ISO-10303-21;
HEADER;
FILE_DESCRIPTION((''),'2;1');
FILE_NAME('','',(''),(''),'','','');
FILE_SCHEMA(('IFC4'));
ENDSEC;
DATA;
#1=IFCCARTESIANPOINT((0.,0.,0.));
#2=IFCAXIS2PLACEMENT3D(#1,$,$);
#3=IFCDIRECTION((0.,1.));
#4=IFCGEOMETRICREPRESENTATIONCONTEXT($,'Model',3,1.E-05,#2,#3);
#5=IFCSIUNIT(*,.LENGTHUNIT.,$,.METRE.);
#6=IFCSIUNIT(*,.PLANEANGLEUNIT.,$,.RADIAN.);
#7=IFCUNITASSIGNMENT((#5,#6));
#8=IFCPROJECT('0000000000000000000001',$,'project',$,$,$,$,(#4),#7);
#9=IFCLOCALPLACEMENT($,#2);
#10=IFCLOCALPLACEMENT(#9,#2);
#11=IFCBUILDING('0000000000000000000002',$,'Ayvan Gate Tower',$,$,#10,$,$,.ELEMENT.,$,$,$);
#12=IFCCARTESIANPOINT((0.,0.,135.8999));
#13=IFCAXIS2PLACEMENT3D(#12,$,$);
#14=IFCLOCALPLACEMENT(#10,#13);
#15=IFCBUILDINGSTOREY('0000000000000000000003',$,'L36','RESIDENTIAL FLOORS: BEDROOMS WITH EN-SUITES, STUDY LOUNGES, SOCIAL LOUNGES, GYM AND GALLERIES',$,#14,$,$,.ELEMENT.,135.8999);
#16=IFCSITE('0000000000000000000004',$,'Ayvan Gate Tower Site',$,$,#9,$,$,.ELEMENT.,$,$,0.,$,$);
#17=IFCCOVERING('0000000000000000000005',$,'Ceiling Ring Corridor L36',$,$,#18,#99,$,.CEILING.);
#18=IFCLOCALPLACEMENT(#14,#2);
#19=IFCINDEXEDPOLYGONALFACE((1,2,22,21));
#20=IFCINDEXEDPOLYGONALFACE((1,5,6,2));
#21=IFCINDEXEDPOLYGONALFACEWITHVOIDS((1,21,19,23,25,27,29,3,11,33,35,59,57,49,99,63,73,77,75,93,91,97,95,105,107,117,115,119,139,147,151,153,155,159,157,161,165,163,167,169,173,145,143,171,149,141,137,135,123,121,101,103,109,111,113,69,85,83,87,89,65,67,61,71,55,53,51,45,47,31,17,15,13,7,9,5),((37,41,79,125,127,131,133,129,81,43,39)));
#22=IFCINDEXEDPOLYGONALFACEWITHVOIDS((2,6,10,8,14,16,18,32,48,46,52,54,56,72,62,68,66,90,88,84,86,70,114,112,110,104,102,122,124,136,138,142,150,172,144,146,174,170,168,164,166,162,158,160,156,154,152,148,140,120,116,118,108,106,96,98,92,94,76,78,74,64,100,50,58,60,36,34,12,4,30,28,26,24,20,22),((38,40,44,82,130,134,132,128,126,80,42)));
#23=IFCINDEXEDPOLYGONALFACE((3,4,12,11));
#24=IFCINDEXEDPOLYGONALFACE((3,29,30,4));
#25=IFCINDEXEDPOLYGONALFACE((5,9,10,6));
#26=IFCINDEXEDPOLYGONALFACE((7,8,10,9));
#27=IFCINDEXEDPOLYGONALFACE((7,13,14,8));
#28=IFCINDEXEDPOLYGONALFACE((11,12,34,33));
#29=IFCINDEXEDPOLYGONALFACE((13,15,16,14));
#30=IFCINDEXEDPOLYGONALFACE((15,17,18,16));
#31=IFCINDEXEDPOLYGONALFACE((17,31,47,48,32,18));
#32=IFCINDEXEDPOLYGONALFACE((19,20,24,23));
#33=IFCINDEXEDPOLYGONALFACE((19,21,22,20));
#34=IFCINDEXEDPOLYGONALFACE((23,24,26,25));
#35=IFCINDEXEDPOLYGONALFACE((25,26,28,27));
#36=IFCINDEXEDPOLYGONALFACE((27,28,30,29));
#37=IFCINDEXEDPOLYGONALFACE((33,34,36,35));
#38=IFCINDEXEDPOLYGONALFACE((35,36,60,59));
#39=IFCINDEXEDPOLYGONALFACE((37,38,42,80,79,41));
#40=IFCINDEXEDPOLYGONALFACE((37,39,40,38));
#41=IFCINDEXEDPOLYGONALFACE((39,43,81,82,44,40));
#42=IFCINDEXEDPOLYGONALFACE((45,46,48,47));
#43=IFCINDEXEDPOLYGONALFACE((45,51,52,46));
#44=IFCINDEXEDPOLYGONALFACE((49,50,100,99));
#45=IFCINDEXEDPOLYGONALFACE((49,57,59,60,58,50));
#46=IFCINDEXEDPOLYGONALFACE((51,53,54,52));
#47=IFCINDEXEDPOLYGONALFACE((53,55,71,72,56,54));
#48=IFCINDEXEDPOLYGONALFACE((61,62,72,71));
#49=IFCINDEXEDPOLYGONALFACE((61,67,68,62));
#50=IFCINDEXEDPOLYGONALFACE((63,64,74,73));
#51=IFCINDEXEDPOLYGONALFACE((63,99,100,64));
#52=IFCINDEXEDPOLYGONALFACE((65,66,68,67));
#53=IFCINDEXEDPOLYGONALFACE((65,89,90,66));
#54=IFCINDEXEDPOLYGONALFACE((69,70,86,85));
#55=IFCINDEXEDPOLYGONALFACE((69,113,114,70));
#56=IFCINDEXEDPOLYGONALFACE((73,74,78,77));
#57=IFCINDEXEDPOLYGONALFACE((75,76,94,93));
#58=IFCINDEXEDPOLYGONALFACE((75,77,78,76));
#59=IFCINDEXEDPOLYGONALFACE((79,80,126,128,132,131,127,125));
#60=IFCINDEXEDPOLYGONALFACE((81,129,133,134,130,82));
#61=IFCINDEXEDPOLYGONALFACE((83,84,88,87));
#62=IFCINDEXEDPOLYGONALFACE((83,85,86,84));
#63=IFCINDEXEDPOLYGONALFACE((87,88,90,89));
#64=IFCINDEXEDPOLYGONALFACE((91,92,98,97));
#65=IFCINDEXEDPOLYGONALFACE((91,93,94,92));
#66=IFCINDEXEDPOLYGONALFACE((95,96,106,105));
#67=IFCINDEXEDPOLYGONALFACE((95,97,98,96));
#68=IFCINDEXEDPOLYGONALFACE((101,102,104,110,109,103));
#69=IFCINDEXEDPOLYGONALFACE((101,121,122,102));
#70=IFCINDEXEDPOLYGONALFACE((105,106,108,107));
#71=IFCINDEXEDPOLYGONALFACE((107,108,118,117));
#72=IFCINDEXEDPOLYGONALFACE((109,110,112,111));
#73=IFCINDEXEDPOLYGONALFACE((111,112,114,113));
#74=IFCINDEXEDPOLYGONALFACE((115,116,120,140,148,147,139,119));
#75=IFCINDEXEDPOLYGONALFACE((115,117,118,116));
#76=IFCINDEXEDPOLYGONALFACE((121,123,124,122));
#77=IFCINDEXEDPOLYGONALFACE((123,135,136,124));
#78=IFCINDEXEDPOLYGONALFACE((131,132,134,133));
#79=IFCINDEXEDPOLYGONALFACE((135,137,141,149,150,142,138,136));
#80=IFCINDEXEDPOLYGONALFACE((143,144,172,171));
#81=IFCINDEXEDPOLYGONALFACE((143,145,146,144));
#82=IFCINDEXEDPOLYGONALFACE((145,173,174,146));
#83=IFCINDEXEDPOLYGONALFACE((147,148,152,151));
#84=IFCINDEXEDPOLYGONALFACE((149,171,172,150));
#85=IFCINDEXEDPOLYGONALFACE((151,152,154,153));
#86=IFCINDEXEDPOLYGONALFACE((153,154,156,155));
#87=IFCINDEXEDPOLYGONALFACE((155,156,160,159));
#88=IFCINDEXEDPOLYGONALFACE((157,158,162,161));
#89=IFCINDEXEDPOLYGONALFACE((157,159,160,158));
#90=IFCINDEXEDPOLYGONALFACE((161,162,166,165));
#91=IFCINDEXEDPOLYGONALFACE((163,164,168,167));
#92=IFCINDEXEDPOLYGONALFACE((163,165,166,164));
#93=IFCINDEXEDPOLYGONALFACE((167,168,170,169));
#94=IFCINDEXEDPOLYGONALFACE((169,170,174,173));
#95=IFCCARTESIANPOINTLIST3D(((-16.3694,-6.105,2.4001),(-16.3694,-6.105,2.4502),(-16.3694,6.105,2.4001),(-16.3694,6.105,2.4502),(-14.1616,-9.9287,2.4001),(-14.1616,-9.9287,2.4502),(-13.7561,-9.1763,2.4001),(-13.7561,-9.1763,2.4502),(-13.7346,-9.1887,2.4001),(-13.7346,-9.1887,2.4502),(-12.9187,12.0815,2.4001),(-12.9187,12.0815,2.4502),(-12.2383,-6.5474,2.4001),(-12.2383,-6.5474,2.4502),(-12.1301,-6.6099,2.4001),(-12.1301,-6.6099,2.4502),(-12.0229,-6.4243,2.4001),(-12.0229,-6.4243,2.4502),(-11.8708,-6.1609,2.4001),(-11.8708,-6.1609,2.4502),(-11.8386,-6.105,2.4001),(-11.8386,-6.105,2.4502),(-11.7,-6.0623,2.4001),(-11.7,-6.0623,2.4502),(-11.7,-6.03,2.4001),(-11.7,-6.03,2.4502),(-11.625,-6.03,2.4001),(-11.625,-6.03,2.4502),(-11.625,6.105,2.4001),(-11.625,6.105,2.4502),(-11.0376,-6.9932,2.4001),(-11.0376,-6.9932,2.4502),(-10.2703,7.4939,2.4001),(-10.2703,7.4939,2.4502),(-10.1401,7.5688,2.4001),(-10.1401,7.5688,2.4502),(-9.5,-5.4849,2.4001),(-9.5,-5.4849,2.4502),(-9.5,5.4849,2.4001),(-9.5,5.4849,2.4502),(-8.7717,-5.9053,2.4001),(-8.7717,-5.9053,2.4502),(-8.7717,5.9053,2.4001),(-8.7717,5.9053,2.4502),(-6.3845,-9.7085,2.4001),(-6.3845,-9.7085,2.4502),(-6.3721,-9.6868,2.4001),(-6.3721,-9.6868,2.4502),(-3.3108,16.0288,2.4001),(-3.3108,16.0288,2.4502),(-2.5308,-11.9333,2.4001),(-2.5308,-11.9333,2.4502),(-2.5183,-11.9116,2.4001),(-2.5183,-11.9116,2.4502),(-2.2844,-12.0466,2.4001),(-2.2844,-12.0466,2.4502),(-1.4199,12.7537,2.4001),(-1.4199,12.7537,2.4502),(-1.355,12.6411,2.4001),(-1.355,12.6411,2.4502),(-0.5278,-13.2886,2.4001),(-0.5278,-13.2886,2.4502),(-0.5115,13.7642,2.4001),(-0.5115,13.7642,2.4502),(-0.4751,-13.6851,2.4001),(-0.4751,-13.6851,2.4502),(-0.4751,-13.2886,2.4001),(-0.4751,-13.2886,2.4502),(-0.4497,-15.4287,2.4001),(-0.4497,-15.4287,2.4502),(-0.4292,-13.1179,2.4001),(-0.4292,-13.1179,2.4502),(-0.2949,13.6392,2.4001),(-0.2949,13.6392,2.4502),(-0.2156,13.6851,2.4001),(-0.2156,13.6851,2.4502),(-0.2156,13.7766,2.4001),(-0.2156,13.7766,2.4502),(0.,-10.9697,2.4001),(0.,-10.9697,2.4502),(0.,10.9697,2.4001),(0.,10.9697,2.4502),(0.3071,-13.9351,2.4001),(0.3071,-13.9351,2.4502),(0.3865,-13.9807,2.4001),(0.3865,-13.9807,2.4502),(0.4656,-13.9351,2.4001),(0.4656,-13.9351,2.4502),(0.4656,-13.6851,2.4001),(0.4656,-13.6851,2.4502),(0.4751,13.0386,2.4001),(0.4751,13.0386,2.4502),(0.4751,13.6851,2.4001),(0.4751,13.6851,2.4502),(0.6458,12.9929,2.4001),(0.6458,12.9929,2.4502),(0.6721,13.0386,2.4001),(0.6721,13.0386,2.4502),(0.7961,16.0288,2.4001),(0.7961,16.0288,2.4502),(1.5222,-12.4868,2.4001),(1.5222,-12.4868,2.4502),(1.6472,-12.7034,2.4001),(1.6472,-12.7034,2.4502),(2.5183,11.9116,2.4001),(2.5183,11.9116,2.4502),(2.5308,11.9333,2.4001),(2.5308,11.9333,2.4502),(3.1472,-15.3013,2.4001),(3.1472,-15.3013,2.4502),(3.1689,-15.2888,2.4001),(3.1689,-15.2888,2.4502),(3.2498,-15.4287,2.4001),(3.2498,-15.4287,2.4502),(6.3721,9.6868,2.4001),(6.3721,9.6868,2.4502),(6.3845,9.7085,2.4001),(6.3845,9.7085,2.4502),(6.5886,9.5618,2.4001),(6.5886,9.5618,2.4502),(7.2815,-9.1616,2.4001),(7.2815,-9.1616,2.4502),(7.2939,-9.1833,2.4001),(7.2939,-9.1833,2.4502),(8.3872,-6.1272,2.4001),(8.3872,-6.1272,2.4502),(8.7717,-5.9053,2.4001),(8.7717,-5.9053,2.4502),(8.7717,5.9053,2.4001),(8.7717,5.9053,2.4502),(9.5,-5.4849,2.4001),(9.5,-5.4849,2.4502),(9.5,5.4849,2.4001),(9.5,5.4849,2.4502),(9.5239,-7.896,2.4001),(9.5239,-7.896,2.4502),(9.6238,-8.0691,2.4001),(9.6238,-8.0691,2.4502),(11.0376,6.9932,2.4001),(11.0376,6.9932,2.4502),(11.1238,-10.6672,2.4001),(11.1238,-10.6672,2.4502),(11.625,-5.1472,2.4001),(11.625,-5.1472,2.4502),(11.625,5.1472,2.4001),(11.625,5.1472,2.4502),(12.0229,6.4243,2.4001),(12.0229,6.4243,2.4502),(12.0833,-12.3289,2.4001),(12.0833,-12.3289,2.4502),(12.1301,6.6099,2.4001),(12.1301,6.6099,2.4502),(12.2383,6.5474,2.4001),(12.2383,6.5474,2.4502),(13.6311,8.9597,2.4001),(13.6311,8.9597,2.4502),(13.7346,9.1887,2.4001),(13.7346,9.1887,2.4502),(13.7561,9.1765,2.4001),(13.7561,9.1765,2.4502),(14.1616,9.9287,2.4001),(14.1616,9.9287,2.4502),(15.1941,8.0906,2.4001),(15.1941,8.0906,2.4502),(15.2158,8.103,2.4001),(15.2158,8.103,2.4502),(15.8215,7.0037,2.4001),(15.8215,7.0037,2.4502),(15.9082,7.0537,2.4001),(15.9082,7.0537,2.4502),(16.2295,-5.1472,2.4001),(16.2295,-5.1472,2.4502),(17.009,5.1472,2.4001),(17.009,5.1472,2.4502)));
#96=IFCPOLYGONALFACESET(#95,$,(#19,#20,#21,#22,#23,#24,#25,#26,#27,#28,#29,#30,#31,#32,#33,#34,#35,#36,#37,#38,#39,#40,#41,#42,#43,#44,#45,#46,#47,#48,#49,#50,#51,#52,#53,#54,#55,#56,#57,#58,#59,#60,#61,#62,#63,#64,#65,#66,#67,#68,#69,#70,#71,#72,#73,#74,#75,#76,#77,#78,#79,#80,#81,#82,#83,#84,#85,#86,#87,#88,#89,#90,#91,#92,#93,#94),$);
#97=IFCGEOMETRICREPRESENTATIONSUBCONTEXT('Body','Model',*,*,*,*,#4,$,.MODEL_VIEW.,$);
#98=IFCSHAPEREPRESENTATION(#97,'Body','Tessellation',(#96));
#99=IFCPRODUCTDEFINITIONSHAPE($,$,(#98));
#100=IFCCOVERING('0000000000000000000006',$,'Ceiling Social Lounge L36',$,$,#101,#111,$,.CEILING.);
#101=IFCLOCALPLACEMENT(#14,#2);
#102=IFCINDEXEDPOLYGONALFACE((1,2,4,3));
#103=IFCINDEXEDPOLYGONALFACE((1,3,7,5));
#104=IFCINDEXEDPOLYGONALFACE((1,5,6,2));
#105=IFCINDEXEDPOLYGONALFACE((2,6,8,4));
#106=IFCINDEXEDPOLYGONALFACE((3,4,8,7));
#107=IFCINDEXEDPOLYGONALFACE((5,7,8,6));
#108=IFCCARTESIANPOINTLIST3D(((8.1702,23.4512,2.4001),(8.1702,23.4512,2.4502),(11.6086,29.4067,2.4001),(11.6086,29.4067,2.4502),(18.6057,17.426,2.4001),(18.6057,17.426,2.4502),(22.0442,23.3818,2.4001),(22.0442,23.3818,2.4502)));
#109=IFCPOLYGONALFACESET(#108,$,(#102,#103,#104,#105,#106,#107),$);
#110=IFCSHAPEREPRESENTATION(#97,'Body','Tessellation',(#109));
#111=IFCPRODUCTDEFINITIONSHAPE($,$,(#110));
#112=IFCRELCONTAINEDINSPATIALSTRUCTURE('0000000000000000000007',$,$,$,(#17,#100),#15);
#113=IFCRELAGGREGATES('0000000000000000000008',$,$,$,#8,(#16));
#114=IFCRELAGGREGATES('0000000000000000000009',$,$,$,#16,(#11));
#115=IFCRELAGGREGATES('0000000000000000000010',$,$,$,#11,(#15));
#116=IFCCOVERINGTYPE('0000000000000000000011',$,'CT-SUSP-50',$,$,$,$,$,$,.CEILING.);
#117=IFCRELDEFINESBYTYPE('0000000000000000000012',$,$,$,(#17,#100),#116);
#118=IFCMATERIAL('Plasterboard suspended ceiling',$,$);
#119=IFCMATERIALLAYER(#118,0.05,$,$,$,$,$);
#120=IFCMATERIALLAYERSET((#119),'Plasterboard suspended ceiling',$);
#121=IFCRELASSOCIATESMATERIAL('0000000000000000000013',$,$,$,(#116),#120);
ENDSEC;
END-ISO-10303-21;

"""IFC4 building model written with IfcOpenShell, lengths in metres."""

from ifc_helpers import new_model, si_unit, direction, frame, origin, place, context, subcontext, project, spatial, polyline, outline, extrude, material, layer, layer_set, type_object, element, save


model = new_model("IFC4")

# Units and contexts
model_context = context("Model", 3, precision=1e-05, world=origin(), true_north=direction((0.0, 1.0)))
body_context = subcontext(model_context, "Body", "Model", "MODEL_VIEW")
ifc_project = project(units=[si_unit("LENGTHUNIT", "METRE"), si_unit("PLANEANGLEUNIT", "RADIAN")], contexts=[model_context])

# Site, building, storey
site_placement = place(None, origin())
site = spatial("IfcSite", under=ifc_project, at=site_placement, Name="Ayvan Gate Tower Site", CompositionType="ELEMENT", RefElevation=0.0)
building_placement = place(site_placement, origin())
building = spatial("IfcBuilding", under=site, at=building_placement, Name="Ayvan Gate Tower", CompositionType="ELEMENT")
storey_placement = place(building_placement, frame((0.0, 0.0, 135.8999)))
storey = spatial("IfcBuildingStorey", under=building, at=storey_placement, Name="L36", Description="RESIDENTIAL FLOORS: BEDROOMS WITH EN-SUITES, STUDY LOUNGES, SOCIAL LOUNGES, GYM AND GALLERIES", CompositionType="ELEMENT", Elevation=135.8999)

# Coverings
ifc_material_1 = material(Name="Plasterboard suspended ceiling")
ifc_layer_1 = layer(ifc_material_1, 0.05)
ifc_layer_set_1 = layer_set([ifc_layer_1], Name="Plasterboard suspended ceiling")
covering_type = type_object("IfcCoveringType", Name="CT-SUSP-50", PredefinedType="CEILING", material=ifc_layer_set_1)
covering_1_placement = place(storey_placement, frame((0.0, 0.0, 2.4001)))
element("IfcCovering", 1, at=covering_1_placement, inside=storey, type_object=covering_type, Name="Ceiling Ring Corridor L36", PredefinedType="CEILING", context=body_context, shape_type="SweptSolid", body=[
    extrude(outline(polyline([(-14.1616, -9.9287), (-16.3694, -6.105), (-11.8386, -6.105), (-11.8708, -6.1609), (-11.7, -6.0623), (-11.7, -6.03), (-11.625, -6.03), (-11.625, 6.105), (-16.3694, 6.105), (-12.9187, 12.0815), (-10.2703, 7.4939), (-10.1401, 7.5688), (-1.355, 12.6411), (-1.4199, 12.7537), (-3.3108, 16.0288), (0.7961, 16.0288), (-0.5115, 13.7642), (-0.2949, 13.6392), (-0.2156, 13.7766), (-0.2156, 13.6851), (0.4751, 13.6851), (0.4751, 13.0386), (0.6721, 13.0386), (0.6458, 12.9929), (2.5183, 11.9116), (2.5308, 11.9333), (6.3845, 9.7085), (6.3721, 9.6868), (6.5886, 9.5618), (11.0376, 6.9932), (12.0229, 6.4243), (12.1301, 6.6099), (12.2383, 6.5474), (13.6311, 8.9597), (13.7561, 9.1765), (13.7346, 9.1887), (14.1616, 9.9287), (15.2158, 8.103), (15.1941, 8.0906), (15.8215, 7.0037), (15.9082, 7.0537), (17.009, 5.1472), (11.625, 5.1472), (11.625, -5.1472), (16.2295, -5.1472), (12.0833, -12.3289), (11.1238, -10.6672), (9.6238, -8.0691), (9.5239, -7.896), (7.2939, -9.1833), (7.2815, -9.1616), (1.5222, -12.4868), (1.6472, -12.7034), (3.1472, -15.3013), (3.1689, -15.2888), (3.2498, -15.4287), (-0.4497, -15.4287), (0.3865, -13.9807), (0.3071, -13.9351), (0.4656, -13.9351), (0.4656, -13.6851), (-0.4751, -13.6851), (-0.4751, -13.2886), (-0.5278, -13.2886), (-0.4292, -13.1179), (-2.2844, -12.0466), (-2.5183, -11.9116), (-2.5308, -11.9333), (-6.3845, -9.7085), (-6.3721, -9.6868), (-11.0376, -6.9932), (-12.0229, -6.4243), (-12.1301, -6.6099), (-12.2383, -6.5474), (-13.7561, -9.1763), (-13.7346, -9.1887), (-14.1616, -9.9287)]), holes=[polyline([(-8.7717, -5.9053), (0.0, -10.9697), (8.3872, -6.1272), (8.7717, -5.9053), (9.5, -5.4849), (9.5, 5.4849), (8.7717, 5.9053), (0.0, 10.9697), (-8.7717, 5.9053), (-9.5, 5.4849), (-9.5, -5.4849), (-8.7717, -5.9053)])]), origin(), (0.0, 0.0, 1.0), 0.05),
])
covering_2_placement = place(storey_placement, frame((0.0, 0.0, 2.4001)))
element("IfcCovering", 2, at=covering_2_placement, inside=storey, type_object=covering_type, Name="Ceiling Social Lounge L36", PredefinedType="CEILING", context=body_context, shape_type="SweptSolid", body=[
    extrude(outline(polyline([(8.1702, 23.4512), (11.6086, 29.4067), (22.0442, 23.3818), (18.6057, 17.426), (8.1702, 23.4512)])), origin(), (0.0, 0.0, 1.0), 0.05),
])

save(model, "model.ifc")
